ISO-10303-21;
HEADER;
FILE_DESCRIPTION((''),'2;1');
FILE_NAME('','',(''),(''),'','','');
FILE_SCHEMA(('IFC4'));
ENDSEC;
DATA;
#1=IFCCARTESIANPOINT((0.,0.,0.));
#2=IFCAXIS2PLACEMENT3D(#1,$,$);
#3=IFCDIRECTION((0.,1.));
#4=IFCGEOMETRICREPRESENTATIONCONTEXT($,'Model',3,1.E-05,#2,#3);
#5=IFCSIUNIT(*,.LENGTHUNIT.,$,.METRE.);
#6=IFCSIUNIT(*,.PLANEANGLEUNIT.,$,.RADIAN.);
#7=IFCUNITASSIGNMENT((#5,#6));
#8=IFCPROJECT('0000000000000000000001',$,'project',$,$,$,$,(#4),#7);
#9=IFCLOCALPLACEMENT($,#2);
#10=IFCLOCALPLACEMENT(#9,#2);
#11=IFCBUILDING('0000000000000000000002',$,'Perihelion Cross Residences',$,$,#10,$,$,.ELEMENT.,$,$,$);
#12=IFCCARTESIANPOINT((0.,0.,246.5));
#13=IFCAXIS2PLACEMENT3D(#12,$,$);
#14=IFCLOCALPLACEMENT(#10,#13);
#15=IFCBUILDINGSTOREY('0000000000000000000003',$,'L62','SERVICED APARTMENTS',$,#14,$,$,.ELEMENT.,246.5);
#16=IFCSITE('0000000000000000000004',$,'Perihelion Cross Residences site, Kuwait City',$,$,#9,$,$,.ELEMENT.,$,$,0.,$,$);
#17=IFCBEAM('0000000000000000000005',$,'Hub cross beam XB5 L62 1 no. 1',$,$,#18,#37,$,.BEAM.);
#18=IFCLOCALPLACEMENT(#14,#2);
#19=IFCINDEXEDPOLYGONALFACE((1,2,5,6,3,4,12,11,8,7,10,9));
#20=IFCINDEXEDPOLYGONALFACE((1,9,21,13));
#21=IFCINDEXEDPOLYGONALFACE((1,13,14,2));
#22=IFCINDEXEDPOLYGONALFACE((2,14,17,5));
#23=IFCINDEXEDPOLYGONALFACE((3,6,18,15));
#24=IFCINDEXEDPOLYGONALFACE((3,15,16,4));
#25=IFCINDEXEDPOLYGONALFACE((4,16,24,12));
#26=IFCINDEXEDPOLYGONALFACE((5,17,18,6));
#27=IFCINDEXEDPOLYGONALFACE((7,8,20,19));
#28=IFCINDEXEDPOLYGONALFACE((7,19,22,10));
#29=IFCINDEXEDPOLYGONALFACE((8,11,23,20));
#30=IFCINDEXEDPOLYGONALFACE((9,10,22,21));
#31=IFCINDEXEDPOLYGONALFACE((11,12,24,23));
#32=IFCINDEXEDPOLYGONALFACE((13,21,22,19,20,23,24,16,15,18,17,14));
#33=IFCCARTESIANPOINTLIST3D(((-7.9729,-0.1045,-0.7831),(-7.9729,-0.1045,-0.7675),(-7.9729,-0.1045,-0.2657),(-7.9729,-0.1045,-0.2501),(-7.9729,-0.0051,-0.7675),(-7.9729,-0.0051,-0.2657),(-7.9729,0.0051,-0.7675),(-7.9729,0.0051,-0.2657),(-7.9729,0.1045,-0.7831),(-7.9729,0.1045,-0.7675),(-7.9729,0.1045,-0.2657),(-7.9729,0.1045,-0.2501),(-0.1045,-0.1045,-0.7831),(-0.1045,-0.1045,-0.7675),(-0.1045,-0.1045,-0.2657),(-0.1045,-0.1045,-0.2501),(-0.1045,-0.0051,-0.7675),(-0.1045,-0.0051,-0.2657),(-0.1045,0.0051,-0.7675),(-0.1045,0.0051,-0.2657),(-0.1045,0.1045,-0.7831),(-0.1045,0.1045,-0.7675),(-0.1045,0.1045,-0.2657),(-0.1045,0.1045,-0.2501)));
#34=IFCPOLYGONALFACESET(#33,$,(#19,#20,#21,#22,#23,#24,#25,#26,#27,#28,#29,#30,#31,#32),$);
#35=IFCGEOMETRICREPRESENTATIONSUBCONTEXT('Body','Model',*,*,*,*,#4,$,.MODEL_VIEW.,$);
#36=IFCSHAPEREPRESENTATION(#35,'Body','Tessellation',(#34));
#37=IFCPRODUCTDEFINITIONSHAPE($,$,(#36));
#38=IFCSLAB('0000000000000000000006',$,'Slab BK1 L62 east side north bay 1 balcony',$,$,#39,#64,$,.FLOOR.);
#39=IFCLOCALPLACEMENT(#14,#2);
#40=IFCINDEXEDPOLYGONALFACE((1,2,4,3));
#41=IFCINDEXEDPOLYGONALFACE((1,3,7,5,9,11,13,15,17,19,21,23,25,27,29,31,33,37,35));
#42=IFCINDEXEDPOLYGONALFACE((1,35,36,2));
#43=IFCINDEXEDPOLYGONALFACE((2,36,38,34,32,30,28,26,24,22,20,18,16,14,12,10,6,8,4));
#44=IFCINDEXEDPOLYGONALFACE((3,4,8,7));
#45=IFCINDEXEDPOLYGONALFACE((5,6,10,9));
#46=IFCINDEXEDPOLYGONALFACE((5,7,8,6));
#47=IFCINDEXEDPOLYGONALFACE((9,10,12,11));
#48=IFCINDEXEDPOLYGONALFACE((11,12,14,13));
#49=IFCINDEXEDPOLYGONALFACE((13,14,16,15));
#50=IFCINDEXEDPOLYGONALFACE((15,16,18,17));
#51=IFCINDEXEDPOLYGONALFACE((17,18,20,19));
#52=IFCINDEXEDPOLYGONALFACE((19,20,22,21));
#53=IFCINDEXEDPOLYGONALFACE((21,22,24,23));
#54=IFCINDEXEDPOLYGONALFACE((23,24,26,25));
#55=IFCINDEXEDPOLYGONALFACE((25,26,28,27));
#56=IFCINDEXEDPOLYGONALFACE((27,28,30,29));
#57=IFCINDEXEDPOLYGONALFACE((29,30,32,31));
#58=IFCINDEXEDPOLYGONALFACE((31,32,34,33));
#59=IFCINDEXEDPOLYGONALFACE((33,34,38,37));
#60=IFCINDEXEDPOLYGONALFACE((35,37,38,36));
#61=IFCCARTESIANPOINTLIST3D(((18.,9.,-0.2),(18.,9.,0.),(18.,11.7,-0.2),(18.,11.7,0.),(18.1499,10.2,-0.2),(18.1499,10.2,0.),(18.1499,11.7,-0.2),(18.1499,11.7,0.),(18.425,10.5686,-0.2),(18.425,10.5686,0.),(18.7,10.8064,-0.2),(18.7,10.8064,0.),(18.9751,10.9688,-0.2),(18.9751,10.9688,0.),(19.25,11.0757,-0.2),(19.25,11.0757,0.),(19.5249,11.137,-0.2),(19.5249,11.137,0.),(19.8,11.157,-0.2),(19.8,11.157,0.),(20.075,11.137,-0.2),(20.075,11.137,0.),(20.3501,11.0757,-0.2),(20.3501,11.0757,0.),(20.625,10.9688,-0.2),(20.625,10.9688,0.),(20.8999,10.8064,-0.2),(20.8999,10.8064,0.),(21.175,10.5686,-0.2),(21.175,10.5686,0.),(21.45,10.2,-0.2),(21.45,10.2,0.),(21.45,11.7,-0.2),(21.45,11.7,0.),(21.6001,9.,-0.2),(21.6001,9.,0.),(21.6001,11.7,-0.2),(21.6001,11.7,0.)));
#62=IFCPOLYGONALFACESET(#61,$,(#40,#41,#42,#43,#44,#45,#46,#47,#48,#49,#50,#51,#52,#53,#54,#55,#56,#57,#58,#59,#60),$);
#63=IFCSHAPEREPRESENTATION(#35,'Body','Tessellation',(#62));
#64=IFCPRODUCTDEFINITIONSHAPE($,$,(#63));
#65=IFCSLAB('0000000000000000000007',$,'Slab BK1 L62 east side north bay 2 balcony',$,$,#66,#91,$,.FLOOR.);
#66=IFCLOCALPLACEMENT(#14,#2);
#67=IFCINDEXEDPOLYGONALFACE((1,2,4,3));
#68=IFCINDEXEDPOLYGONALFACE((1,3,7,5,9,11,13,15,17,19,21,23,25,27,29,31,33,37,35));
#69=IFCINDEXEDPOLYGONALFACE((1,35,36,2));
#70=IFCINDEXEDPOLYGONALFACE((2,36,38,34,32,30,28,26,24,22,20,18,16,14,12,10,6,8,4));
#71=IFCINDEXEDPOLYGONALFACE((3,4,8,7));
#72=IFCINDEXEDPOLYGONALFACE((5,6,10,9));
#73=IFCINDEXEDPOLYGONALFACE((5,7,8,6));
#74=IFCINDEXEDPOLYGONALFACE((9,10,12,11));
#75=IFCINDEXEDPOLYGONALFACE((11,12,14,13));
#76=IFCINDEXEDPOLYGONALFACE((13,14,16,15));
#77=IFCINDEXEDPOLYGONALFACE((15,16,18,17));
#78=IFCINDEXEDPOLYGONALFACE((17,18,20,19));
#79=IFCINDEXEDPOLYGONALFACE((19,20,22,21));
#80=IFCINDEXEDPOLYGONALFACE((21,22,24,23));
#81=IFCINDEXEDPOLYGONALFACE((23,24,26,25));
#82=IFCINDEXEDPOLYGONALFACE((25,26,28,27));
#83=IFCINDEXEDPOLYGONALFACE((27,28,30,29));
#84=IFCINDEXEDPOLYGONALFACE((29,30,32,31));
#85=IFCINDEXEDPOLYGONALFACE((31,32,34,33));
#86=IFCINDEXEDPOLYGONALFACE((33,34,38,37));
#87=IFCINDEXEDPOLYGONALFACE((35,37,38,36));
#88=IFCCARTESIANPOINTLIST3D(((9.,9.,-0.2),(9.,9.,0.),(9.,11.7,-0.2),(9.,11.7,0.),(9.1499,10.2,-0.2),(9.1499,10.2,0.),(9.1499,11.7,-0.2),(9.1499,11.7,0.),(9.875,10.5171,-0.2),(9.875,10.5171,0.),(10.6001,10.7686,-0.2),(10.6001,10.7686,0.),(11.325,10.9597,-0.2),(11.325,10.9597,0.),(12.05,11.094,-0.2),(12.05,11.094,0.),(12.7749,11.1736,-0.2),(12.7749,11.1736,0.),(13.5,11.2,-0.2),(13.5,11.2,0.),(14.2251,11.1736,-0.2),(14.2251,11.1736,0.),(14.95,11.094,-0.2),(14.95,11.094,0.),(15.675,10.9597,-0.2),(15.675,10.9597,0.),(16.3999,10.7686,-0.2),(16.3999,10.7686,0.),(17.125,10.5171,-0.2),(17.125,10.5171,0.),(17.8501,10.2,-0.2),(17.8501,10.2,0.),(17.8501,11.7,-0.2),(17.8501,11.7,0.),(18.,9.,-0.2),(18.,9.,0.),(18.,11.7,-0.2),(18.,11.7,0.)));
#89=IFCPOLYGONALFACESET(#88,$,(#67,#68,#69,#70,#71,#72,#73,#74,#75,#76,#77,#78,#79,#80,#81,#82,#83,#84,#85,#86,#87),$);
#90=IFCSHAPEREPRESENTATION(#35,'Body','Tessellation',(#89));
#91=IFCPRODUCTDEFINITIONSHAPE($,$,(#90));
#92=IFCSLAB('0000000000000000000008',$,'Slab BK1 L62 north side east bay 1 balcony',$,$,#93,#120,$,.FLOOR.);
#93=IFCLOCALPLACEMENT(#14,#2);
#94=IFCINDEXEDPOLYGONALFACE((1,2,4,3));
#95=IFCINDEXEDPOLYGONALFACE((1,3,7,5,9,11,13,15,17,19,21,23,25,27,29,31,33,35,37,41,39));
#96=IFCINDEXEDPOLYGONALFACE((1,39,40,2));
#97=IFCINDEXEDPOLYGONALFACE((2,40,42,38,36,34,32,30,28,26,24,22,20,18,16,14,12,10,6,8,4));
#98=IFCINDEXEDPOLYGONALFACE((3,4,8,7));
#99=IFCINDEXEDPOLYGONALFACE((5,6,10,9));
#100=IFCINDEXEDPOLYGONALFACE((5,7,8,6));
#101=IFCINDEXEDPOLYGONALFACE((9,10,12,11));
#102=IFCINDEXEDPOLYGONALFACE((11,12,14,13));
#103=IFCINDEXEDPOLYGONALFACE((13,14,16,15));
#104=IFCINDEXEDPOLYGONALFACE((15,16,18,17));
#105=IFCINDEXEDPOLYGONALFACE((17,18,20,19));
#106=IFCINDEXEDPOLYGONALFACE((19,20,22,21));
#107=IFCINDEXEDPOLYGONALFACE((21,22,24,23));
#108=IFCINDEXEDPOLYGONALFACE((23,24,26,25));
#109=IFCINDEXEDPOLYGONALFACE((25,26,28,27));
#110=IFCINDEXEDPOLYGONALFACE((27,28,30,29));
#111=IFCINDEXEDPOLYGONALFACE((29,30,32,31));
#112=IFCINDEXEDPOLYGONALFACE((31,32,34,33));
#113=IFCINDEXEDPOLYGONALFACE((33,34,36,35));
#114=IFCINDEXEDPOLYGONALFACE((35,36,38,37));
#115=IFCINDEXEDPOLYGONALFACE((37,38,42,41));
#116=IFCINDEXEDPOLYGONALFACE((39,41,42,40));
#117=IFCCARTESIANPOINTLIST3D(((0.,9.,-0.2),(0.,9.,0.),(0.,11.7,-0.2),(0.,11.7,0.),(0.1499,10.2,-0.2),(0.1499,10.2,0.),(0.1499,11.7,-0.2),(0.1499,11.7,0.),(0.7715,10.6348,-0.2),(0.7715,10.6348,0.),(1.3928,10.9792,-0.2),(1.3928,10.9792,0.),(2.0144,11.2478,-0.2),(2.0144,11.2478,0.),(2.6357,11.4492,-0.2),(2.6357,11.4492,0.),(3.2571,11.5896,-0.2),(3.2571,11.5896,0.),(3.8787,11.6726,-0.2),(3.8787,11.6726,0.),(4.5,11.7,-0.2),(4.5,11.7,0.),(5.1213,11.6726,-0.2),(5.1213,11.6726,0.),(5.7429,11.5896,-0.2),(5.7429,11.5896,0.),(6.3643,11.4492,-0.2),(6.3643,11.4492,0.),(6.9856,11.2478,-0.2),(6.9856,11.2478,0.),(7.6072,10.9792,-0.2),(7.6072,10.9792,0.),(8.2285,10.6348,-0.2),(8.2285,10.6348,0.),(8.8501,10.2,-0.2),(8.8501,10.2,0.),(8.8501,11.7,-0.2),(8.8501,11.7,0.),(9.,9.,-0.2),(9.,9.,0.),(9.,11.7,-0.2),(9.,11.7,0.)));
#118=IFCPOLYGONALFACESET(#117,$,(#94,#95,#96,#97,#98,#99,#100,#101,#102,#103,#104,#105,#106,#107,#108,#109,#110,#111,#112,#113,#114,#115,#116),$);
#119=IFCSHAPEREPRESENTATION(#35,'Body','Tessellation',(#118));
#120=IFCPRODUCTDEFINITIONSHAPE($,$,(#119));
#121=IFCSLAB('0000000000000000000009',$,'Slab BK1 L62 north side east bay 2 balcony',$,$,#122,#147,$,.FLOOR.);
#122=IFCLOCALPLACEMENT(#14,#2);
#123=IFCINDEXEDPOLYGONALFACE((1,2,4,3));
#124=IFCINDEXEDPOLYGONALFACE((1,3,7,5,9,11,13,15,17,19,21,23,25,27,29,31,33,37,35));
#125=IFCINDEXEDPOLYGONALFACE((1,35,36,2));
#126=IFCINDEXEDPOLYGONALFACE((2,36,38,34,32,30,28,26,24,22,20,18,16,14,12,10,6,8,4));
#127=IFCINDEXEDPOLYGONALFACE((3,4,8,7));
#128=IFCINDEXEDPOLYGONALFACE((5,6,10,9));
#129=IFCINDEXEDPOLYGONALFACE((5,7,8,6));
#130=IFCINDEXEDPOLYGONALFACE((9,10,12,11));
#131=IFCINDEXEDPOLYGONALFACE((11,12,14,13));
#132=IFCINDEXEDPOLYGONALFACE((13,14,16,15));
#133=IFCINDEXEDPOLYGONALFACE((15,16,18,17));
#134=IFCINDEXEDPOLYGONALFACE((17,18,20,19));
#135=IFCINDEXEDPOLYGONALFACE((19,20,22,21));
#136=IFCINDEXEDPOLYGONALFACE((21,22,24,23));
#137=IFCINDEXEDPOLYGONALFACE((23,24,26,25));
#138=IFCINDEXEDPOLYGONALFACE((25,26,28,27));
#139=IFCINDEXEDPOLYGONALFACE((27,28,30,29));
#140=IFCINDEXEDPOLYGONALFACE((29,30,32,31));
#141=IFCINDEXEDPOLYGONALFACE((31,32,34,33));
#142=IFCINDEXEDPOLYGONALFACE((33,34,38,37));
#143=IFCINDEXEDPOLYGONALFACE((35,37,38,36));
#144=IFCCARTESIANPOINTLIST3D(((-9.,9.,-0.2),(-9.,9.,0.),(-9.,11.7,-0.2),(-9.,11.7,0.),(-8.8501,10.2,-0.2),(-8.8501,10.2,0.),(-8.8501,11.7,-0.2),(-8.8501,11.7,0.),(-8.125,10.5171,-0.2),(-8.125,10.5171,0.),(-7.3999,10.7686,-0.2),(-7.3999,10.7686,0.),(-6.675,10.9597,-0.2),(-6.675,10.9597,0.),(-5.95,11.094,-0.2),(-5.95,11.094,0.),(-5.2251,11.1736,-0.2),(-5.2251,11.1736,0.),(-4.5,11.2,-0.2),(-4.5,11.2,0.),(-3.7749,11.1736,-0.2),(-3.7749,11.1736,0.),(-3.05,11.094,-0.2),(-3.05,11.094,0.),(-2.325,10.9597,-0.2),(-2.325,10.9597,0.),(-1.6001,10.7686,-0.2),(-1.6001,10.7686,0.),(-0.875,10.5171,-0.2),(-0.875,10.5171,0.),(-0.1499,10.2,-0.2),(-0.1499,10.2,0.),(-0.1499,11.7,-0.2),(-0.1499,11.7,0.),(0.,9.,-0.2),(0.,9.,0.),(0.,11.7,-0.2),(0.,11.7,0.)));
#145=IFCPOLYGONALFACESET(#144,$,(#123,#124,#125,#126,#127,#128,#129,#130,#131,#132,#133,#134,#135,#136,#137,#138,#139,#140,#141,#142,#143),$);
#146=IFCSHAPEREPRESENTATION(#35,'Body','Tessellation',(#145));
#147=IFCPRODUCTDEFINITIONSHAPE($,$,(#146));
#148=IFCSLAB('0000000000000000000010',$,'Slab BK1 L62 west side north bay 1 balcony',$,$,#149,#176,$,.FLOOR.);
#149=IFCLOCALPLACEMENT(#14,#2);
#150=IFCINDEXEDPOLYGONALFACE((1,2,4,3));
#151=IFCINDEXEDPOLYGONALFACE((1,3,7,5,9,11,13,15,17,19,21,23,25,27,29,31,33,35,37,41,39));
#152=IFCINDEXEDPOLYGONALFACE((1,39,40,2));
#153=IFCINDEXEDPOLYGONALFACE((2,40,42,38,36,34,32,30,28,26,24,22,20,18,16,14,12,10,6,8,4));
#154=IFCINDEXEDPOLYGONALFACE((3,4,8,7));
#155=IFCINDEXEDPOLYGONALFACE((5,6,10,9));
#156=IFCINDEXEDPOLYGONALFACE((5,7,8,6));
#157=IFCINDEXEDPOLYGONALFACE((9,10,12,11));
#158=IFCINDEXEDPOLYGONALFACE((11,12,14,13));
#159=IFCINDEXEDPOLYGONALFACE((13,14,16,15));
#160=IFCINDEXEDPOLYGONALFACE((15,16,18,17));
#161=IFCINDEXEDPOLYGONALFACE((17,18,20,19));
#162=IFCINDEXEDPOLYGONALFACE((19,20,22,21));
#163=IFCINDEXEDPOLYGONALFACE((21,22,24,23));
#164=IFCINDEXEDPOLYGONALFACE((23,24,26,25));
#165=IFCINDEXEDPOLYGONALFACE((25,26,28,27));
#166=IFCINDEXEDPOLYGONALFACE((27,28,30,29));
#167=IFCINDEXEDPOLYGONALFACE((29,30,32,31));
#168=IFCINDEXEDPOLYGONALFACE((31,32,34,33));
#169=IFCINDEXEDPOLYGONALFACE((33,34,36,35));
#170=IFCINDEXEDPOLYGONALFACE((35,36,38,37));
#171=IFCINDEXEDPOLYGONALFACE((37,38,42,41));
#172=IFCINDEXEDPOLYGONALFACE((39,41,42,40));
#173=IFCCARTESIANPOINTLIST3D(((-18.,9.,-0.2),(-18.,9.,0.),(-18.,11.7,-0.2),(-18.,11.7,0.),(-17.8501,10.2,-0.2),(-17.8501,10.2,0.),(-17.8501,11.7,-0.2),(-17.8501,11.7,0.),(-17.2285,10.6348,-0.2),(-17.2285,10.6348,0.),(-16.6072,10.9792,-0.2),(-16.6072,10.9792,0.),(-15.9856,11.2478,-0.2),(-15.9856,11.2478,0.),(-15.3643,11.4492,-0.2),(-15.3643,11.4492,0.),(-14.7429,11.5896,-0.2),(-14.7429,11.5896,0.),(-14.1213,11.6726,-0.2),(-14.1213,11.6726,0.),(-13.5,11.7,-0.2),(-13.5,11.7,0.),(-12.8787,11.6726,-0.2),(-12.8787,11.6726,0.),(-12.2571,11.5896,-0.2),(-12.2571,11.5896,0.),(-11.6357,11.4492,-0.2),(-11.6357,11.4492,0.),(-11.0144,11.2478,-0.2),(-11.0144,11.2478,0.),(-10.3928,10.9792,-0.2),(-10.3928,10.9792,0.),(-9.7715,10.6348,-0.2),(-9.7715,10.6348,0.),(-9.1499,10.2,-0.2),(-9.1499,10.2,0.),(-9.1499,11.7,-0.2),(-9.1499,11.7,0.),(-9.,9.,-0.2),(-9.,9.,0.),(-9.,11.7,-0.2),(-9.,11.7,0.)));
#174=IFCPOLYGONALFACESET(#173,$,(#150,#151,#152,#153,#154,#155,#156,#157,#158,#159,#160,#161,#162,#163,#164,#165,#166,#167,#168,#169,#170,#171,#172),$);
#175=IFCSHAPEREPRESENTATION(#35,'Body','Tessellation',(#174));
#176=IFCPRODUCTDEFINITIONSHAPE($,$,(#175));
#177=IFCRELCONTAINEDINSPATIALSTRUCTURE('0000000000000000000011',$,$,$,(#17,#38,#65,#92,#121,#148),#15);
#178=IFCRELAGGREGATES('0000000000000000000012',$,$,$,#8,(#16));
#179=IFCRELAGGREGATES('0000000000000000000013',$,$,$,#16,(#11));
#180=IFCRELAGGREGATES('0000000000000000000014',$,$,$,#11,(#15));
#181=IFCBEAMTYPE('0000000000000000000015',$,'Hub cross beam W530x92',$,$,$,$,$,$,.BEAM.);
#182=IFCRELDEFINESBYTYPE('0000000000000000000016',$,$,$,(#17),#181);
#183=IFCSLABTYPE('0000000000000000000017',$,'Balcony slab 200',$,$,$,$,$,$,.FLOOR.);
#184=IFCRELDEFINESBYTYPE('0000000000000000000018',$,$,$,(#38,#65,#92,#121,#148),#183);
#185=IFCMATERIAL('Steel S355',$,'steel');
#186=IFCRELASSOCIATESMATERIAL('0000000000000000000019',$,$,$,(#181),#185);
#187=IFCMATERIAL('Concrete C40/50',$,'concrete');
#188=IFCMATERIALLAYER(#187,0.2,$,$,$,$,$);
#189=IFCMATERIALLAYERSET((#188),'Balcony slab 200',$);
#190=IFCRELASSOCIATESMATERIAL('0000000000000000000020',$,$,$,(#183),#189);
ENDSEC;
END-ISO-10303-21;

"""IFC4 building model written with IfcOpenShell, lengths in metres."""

from ifc_helpers import new_model, si_unit, direction, frame, origin, origin_2d, place, context, subcontext, project, spatial, polyline, i_section, outline, extrude, material, layer, layer_set, material_profile, profile_set, type_object, element, save


model = new_model("IFC4")

# Units and contexts
model_context = context("Model", 3, precision=1e-05, world=origin(), true_north=direction((0.0, 1.0)))
body_context = subcontext(model_context, "Body", "Model", "MODEL_VIEW")
ifc_project = project(units=[si_unit("LENGTHUNIT", "METRE"), si_unit("PLANEANGLEUNIT", "RADIAN")], contexts=[model_context])

# Site, building, storey
site_placement = place(None, origin())
site = spatial("IfcSite", under=ifc_project, at=site_placement, Name="Perihelion Cross Residences site, Kuwait City", CompositionType="ELEMENT", RefElevation=0.0)
building_placement = place(site_placement, origin())
building = spatial("IfcBuilding", under=site, at=building_placement, Name="Perihelion Cross Residences", CompositionType="ELEMENT")
storey_placement = place(building_placement, frame((0.0, 0.0, 246.5)))
storey = spatial("IfcBuildingStorey", under=building, at=storey_placement, Name="L62", Description="SERVICED APARTMENTS", CompositionType="ELEMENT", Elevation=246.5)

# Beam
ifc_material_1 = material(Name="Steel S355", Category="steel")
ifc_material_profile = material_profile(ifc_material_1, i_section(OverallWidth=0.209, OverallDepth=0.533, WebThickness=0.0103, FlangeThickness=0.0156, at=origin_2d()), Name="W530x92")
ifc_profile_set = profile_set([ifc_material_profile], Name="Steel S355")
beam_type = type_object("IfcBeamType", Name="Hub cross beam W530x92", PredefinedType="BEAM", material=ifc_profile_set)
beam_placement = place(storey_placement, frame((-7.9729, 0.0, -0.5166), z_axis=(1.0, 0.0, 0.0), x_axis=(0.0, 1.0, 0.0)))
element("IfcBeam", 1, at=beam_placement, inside=storey, type_object=beam_type, Name="Hub cross beam XB5 L62 1 no. 1", PredefinedType="BEAM", context=body_context, shape_type="SweptSolid", body=[
    extrude(i_section(OverallWidth=0.209, OverallDepth=0.533, WebThickness=0.0103, FlangeThickness=0.0156, at=origin_2d()), origin(), (0.0, 0.0, 1.0), 7.8684),
])

# Slabs
ifc_material_2 = material(Name="Concrete C40/50", Category="concrete")
ifc_layer_1 = layer(ifc_material_2, 0.2)
ifc_layer_set_1 = layer_set([ifc_layer_1], Name="Balcony slab 200")
slab_type_1 = type_object("IfcSlabType", Name="Balcony slab 200", PredefinedType="FLOOR", material=ifc_layer_set_1)
slab_1_placement = place(storey_placement, frame((0.0, 0.0, -0.2)))
element("IfcSlab", 2, at=slab_1_placement, inside=storey, type_object=slab_type_1, Name="Slab BK1 L62 east side north bay 1 balcony", PredefinedType="FLOOR", context=body_context, shape_type="SweptSolid", body=[
    extrude(outline(polyline([(21.6001, 9.0), (18.0, 9.0), (18.0, 11.7), (18.1499, 11.7), (18.1499, 10.2), (18.425, 10.5686), (18.7, 10.8064), (18.9751, 10.9688), (19.25, 11.0757), (19.5249, 11.137), (19.8, 11.157), (20.075, 11.137), (20.3501, 11.0757), (20.625, 10.9688), (20.8999, 10.8064), (21.175, 10.5686), (21.45, 10.2), (21.45, 11.7), (21.6001, 11.7), (21.6001, 9.0)])), origin(), (0.0, 0.0, 1.0), 0.2),
])
slab_2_placement = place(storey_placement, frame((0.0, 0.0, -0.2)))
element("IfcSlab", 3, at=slab_2_placement, inside=storey, type_object=slab_type_1, Name="Slab BK1 L62 east side north bay 2 balcony", PredefinedType="FLOOR", context=body_context, shape_type="SweptSolid", body=[
    extrude(outline(polyline([(18.0, 9.0), (9.0, 9.0), (9.0, 11.7), (9.1499, 11.7), (9.1499, 10.2), (9.875, 10.5171), (10.6001, 10.7686), (11.325, 10.9597), (12.05, 11.094), (12.7749, 11.1736), (13.5, 11.2), (14.2251, 11.1736), (14.95, 11.094), (15.675, 10.9597), (16.3999, 10.7686), (17.125, 10.5171), (17.8501, 10.2), (17.8501, 11.7), (18.0, 11.7), (18.0, 9.0)])), origin(), (0.0, 0.0, 1.0), 0.2),
])
slab_3_placement = place(storey_placement, frame((0.0, 0.0, -0.2)))
element("IfcSlab", 4, at=slab_3_placement, inside=storey, type_object=slab_type_1, Name="Slab BK1 L62 north side east bay 1 balcony", PredefinedType="FLOOR", context=body_context, shape_type="SweptSolid", body=[
    extrude(outline(polyline([(9.0, 9.0), (0.0, 9.0), (0.0, 11.7), (0.1499, 11.7), (0.1499, 10.2), (0.7715, 10.6348), (1.3928, 10.9792), (2.0144, 11.2478), (2.6357, 11.4492), (3.2571, 11.5896), (3.8787, 11.6726), (4.5, 11.7), (5.1213, 11.6726), (5.7429, 11.5896), (6.3643, 11.4492), (6.9856, 11.2478), (7.6072, 10.9792), (8.2285, 10.6348), (8.8501, 10.2), (8.8501, 11.7), (9.0, 11.7), (9.0, 9.0)])), origin(), (0.0, 0.0, 1.0), 0.2),
])
slab_4_placement = place(storey_placement, frame((0.0, 0.0, -0.2)))
element("IfcSlab", 5, at=slab_4_placement, inside=storey, type_object=slab_type_1, Name="Slab BK1 L62 north side east bay 2 balcony", PredefinedType="FLOOR", context=body_context, shape_type="SweptSolid", body=[
    extrude(outline(polyline([(0.0, 9.0), (-9.0, 9.0), (-9.0, 11.7), (-8.8501, 11.7), (-8.8501, 10.2), (-8.125, 10.5171), (-7.3999, 10.7686), (-6.675, 10.9597), (-5.95, 11.094), (-5.2251, 11.1736), (-4.5, 11.2), (-3.7749, 11.1736), (-3.05, 11.094), (-2.325, 10.9597), (-1.6001, 10.7686), (-0.875, 10.5171), (-0.1499, 10.2), (-0.1499, 11.7), (0.0, 11.7), (0.0, 9.0)])), origin(), (0.0, 0.0, 1.0), 0.2),
])
slab_5_placement = place(storey_placement, frame((0.0, 0.0, -0.2)))
element("IfcSlab", 6, at=slab_5_placement, inside=storey, type_object=slab_type_1, Name="Slab BK1 L62 west side north bay 1 balcony", PredefinedType="FLOOR", context=body_context, shape_type="SweptSolid", body=[
    extrude(outline(polyline([(-9.0, 9.0), (-18.0, 9.0), (-18.0, 11.7), (-17.8501, 11.7), (-17.8501, 10.2), (-17.2285, 10.6348), (-16.6072, 10.9792), (-15.9856, 11.2478), (-15.3643, 11.4492), (-14.7429, 11.5896), (-14.1213, 11.6726), (-13.5, 11.7), (-12.8787, 11.6726), (-12.2571, 11.5896), (-11.6357, 11.4492), (-11.0144, 11.2478), (-10.3928, 10.9792), (-9.7715, 10.6348), (-9.1499, 10.2), (-9.1499, 11.7), (-9.0, 11.7), (-9.0, 9.0)])), origin(), (0.0, 0.0, 1.0), 0.2),
])

save(model, "model.ifc")
